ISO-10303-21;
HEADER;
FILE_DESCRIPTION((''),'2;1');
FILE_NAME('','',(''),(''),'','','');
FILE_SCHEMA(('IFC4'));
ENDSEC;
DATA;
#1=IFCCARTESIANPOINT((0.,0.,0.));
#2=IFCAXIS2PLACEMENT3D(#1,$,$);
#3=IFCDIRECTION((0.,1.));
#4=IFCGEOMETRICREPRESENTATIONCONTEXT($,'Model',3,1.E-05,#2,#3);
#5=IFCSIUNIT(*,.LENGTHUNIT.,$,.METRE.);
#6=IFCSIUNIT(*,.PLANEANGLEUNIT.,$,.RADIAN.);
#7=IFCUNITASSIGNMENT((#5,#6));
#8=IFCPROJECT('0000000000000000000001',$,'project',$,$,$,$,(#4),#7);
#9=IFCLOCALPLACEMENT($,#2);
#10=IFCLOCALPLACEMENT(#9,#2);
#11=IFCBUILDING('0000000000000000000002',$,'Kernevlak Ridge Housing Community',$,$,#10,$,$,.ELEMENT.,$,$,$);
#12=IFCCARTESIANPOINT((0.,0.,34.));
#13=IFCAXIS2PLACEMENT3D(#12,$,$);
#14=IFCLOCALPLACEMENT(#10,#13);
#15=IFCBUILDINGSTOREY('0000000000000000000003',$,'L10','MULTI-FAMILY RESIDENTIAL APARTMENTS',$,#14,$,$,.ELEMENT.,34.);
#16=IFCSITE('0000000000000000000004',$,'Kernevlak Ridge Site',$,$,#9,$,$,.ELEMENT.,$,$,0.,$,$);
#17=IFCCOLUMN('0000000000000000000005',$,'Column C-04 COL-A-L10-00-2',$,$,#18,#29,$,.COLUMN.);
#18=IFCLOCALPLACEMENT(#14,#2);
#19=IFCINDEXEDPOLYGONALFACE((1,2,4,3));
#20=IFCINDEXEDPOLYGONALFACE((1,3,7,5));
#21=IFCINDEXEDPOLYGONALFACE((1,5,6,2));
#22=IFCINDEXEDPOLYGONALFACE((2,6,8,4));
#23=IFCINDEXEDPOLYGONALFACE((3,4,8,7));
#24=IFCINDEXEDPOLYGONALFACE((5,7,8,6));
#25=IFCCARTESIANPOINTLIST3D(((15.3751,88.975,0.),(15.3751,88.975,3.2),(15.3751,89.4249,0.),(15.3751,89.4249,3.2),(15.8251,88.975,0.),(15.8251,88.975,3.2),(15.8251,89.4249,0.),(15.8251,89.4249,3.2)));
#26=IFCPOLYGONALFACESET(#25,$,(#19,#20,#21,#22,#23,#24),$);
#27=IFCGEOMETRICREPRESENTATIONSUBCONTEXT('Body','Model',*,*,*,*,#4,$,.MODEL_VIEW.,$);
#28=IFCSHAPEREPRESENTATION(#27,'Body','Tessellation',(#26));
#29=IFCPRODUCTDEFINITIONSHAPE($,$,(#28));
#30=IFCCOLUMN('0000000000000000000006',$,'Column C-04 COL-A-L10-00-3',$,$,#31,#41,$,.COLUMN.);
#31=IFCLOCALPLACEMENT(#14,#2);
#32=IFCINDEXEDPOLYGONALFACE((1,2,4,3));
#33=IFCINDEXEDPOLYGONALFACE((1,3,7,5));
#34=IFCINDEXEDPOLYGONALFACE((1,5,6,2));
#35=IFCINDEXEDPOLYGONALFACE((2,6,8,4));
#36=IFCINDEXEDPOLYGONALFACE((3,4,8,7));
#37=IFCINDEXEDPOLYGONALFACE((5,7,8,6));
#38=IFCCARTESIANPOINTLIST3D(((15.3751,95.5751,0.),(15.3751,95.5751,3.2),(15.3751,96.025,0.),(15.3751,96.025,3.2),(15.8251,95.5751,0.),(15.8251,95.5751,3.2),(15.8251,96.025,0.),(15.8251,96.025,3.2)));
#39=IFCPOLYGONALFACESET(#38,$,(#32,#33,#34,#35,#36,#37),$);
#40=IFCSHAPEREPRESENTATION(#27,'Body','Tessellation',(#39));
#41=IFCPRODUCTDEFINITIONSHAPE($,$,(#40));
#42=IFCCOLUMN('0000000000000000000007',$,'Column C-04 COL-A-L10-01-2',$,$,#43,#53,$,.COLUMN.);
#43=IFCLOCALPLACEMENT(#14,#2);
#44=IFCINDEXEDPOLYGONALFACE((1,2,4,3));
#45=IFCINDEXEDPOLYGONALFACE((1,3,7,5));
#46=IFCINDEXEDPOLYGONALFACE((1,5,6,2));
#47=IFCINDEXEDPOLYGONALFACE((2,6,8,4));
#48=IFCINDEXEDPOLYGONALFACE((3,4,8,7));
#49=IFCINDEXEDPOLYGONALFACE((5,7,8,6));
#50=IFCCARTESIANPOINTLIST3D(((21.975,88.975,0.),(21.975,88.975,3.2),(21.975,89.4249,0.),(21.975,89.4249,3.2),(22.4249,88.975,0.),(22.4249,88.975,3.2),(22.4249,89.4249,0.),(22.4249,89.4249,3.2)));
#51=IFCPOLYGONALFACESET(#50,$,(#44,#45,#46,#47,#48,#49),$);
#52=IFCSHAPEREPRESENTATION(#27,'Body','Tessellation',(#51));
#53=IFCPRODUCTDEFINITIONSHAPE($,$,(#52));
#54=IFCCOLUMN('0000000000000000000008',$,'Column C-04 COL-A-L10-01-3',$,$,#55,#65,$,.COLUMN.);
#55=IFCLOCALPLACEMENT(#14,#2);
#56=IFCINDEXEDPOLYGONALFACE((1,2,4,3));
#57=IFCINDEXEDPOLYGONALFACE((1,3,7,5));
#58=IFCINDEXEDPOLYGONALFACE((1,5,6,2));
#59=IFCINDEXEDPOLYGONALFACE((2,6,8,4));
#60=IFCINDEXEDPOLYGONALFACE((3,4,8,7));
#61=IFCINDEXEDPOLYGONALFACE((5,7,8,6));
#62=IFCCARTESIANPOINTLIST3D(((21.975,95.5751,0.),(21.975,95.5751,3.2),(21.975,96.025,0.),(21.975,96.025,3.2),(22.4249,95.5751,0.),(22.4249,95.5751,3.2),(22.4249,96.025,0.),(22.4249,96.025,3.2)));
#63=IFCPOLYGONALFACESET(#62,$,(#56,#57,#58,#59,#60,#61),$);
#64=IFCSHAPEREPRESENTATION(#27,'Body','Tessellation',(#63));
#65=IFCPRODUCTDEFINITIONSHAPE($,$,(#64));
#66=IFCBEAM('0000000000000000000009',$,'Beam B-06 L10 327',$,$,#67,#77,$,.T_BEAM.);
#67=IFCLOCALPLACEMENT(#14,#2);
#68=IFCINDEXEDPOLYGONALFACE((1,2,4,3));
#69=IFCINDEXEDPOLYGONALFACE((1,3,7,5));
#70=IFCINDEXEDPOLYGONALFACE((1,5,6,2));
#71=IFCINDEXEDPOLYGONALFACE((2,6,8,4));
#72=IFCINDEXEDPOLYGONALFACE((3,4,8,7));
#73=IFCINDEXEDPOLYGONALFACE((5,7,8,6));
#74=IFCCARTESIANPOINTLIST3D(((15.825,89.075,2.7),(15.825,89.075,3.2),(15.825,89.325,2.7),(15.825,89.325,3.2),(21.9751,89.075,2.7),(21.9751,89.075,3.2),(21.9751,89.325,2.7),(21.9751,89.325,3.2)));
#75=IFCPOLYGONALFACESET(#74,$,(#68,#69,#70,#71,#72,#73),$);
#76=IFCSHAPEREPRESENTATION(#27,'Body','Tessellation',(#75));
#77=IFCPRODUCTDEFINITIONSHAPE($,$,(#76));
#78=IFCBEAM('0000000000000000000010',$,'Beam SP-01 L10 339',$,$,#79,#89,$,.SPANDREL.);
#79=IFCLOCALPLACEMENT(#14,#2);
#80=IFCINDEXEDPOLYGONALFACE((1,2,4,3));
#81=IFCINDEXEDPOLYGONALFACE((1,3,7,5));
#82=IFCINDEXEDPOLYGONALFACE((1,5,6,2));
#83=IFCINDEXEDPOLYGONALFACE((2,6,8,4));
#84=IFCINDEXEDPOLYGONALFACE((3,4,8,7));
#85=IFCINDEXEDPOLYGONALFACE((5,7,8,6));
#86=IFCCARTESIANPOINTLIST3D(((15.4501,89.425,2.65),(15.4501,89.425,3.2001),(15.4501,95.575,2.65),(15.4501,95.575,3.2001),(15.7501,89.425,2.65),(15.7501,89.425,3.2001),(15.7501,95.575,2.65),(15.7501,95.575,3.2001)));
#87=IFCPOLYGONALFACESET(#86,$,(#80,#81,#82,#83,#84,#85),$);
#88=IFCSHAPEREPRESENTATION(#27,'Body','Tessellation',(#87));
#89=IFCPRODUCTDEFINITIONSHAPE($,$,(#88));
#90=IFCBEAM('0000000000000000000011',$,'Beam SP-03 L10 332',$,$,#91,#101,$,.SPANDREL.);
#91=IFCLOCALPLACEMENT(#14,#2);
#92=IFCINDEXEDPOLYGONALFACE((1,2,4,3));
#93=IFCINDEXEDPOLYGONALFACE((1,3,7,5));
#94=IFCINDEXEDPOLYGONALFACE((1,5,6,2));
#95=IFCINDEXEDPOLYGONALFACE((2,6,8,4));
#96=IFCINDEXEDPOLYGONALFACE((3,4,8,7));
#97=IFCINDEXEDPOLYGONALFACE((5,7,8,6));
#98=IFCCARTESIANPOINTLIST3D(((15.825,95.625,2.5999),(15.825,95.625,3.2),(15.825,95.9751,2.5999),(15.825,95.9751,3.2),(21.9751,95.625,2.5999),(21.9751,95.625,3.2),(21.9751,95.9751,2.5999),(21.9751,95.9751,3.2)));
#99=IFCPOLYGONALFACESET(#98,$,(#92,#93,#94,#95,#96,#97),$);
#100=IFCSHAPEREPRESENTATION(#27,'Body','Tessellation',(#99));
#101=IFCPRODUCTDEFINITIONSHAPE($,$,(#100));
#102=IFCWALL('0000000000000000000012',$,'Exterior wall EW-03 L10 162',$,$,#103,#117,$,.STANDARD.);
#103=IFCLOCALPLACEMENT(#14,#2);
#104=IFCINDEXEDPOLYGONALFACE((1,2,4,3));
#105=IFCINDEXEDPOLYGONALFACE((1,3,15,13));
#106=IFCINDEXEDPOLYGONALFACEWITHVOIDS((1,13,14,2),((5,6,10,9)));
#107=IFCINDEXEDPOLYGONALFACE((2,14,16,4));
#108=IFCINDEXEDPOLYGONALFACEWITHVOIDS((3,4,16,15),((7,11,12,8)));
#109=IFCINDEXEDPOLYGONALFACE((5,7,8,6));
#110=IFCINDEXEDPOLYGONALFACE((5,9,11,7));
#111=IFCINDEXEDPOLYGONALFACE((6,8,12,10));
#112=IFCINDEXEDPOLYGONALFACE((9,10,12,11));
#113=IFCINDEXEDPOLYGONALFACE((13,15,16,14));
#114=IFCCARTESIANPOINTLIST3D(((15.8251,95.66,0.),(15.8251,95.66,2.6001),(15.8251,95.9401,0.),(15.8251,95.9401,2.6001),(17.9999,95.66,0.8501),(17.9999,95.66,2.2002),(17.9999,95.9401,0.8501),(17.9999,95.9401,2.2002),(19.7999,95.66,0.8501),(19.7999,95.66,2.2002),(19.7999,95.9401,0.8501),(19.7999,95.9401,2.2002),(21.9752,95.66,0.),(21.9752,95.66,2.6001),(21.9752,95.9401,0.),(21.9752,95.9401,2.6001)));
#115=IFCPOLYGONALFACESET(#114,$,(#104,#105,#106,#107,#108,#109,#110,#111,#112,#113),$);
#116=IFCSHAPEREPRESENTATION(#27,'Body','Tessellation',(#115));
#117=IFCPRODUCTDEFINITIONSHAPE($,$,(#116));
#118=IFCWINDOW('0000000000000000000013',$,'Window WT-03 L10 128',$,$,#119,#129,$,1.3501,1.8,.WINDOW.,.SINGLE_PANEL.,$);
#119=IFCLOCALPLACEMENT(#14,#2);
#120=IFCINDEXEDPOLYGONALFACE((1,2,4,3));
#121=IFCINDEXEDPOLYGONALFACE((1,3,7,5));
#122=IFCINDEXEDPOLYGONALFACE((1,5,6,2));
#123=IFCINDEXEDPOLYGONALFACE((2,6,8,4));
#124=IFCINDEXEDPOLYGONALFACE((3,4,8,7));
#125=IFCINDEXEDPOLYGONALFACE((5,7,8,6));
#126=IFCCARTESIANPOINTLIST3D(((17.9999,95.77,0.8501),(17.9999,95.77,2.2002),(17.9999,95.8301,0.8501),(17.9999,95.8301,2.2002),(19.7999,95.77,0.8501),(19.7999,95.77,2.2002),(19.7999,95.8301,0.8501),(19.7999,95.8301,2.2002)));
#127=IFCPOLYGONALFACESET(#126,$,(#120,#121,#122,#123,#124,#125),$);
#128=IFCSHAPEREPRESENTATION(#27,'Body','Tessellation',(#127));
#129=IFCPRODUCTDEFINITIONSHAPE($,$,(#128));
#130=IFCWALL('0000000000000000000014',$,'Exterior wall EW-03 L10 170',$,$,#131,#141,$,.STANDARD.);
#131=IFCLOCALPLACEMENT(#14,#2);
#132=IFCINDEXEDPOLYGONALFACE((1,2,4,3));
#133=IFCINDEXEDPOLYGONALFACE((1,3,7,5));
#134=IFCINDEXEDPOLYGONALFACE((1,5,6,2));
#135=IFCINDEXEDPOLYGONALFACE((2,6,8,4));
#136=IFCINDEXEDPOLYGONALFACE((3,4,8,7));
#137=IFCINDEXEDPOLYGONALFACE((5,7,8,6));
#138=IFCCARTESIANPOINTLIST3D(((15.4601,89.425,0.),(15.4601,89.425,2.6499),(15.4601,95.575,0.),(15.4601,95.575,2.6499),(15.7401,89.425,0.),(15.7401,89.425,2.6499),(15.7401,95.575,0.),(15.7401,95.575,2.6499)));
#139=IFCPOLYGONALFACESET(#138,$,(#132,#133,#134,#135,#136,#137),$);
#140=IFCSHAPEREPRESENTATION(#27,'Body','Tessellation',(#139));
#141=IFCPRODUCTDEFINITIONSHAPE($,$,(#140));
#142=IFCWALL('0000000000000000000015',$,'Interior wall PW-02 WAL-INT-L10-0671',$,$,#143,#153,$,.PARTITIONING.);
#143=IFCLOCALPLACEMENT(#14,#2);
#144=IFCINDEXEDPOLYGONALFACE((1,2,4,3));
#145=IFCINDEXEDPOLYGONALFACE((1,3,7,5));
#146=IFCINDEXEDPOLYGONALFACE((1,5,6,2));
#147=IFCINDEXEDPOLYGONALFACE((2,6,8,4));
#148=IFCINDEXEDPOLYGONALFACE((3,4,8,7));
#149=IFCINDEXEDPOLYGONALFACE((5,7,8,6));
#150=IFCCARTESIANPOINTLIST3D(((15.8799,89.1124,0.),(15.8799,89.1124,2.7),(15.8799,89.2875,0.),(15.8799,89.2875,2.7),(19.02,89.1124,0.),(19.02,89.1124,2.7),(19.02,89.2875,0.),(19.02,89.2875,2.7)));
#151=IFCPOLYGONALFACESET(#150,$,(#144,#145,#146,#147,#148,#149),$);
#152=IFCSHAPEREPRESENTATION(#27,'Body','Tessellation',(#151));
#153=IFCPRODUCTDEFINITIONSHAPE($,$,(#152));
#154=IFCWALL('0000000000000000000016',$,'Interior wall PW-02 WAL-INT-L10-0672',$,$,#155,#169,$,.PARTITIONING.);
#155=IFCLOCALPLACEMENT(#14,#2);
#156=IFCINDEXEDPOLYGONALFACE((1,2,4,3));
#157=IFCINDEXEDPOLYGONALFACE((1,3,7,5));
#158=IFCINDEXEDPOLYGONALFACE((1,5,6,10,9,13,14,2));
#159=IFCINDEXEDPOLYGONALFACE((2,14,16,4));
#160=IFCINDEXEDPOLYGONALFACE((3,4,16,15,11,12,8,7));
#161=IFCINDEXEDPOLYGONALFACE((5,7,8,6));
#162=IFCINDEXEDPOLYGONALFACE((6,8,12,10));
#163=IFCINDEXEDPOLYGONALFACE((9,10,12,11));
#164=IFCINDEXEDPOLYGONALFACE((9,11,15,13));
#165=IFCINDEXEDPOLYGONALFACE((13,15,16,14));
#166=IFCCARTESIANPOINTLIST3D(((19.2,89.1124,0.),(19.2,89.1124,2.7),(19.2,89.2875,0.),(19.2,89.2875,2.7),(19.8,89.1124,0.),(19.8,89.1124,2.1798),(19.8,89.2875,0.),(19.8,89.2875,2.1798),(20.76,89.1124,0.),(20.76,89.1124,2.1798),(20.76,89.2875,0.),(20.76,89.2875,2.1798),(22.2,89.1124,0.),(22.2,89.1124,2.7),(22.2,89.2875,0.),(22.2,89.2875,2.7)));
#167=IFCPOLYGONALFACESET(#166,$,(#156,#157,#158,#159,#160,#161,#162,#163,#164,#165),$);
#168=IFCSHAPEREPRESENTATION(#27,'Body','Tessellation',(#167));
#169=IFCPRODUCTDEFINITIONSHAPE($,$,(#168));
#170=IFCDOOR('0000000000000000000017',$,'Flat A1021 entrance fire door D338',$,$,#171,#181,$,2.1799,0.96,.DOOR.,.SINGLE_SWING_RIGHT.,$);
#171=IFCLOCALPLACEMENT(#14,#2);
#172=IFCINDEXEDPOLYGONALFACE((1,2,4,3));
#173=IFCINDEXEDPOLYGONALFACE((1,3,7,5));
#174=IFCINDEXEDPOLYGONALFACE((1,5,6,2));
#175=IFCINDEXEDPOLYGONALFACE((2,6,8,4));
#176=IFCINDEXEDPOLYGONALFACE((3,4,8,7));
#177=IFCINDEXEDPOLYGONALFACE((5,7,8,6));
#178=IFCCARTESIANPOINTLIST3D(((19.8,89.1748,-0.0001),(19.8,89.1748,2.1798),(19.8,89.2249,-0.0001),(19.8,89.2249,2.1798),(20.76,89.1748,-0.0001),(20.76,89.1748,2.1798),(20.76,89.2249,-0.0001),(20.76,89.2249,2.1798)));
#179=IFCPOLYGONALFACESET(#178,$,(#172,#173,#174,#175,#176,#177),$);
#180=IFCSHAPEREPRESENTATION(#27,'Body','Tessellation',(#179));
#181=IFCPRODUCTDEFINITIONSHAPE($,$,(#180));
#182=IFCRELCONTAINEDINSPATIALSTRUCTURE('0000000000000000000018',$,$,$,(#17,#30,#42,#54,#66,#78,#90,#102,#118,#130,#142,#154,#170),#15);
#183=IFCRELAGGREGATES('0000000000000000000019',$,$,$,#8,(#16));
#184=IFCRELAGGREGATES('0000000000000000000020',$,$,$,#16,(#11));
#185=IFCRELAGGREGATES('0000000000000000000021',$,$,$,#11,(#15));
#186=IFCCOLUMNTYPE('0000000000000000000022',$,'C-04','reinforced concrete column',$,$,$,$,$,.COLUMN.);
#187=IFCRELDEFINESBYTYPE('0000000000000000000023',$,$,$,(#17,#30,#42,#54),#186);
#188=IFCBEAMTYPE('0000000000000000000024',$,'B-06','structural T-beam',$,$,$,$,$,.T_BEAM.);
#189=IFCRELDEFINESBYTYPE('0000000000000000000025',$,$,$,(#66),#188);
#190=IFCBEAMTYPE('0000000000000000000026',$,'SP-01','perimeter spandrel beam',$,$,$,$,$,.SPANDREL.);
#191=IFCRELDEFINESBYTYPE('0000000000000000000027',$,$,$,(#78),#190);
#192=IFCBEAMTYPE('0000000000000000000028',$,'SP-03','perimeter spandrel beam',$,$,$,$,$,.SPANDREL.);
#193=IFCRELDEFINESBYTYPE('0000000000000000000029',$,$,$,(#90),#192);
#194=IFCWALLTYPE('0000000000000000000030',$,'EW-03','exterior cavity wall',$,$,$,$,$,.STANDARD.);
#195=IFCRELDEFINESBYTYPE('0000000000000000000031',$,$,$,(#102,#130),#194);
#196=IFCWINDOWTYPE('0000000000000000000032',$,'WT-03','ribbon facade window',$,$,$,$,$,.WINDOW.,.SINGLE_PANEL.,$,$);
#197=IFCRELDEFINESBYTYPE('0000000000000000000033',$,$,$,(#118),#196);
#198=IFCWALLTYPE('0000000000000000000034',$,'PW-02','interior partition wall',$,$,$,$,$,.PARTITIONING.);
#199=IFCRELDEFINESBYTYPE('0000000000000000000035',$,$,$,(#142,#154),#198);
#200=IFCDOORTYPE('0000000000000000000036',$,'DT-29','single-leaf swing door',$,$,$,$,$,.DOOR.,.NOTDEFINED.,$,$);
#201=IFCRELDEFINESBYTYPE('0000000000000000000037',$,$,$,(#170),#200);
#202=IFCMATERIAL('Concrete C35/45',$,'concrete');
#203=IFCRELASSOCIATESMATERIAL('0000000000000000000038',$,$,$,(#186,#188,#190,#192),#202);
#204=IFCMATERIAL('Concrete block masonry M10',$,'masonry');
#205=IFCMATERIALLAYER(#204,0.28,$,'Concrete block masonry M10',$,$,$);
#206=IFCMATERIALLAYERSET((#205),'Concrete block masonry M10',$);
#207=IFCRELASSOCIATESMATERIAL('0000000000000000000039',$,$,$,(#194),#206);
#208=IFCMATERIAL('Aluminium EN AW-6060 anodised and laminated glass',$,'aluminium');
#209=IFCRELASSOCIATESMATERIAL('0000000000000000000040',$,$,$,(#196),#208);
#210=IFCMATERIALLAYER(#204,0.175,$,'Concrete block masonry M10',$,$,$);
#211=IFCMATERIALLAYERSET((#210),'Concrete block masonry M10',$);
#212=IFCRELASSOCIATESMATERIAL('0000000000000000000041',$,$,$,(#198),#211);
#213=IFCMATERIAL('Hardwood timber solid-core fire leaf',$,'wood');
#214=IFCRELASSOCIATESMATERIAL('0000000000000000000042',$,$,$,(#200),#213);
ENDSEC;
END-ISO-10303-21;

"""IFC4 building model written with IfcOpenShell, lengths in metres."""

from ifc_helpers import new_model, si_unit, direction, frame, frame_2d, origin, origin_2d, place, context, subcontext, project, spatial, rectangle, extrude, material, layer, layer_set, material_profile, profile_set, type_object, element, fill, save


model = new_model("IFC4")

# Units and contexts
model_context = context("Model", 3, precision=1e-05, world=origin(), true_north=direction((0.0, 1.0)))
body_context = subcontext(model_context, "Body", "Model", "MODEL_VIEW")
ifc_project = project(units=[si_unit("LENGTHUNIT", "METRE"), si_unit("PLANEANGLEUNIT", "RADIAN")], contexts=[model_context])

# Site, building, storey
site_placement = place(None, origin())
site = spatial("IfcSite", under=ifc_project, at=site_placement, Name="Kernevlak Ridge Site", CompositionType="ELEMENT", RefElevation=0.0)
building_placement = place(site_placement, origin())
building = spatial("IfcBuilding", under=site, at=building_placement, Name="Kernevlak Ridge Housing Community", CompositionType="ELEMENT")
storey_placement = place(building_placement, frame((0.0, 0.0, 34.0)))
storey = spatial("IfcBuildingStorey", under=building, at=storey_placement, Name="L10", Description="MULTI-FAMILY RESIDENTIAL APARTMENTS", CompositionType="ELEMENT", Elevation=34.0)

# Columns
ifc_material_1 = material(Name="Concrete C35/45", Category="concrete")
ifc_material_profile_1 = material_profile(ifc_material_1, rectangle(XDim=0.45, YDim=0.45, at=origin_2d()), Name="RC 450x450")
ifc_profile_set_1 = profile_set([ifc_material_profile_1], Name="Concrete C35/45")
column_type = type_object("IfcColumnType", Name="C-04", Description="reinforced concrete column", PredefinedType="COLUMN", material=ifc_profile_set_1)
for number, where, z_axis, x_axis, name in (
    (1, (15.6001, 89.2, 0.0), (0.0, 0.0, 1.0), (1.0, 0.0, 0.0), "Column C-04 COL-A-L10-00-2"),
    (2, (15.6001, 95.8, 0.0), (0.0, 0.0, 1.0), (1.0, 0.0, 0.0), "Column C-04 COL-A-L10-00-3"),
    (3, (22.2, 89.2, 0.0), (0.0, 0.0, 1.0), (1.0, 0.0, 0.0), "Column C-04 COL-A-L10-01-2"),
    (4, (22.2, 95.8, 0.0), (0.0, 0.0, 1.0), (1.0, 0.0, 0.0), "Column C-04 COL-A-L10-01-3"),
):
    element("IfcColumn", number, at=place(storey_placement, frame(where, z_axis=z_axis, x_axis=x_axis)), inside=storey, type_object=column_type, Name=name, PredefinedType="COLUMN", context=body_context, shape_type="SweptSolid", body=[
        extrude(rectangle(XDim=0.45, YDim=0.45, at=origin_2d()), origin(), (0.0, 0.0, 1.0), 3.2),
    ])

# Beams
ifc_material_profile_2 = material_profile(ifc_material_1, rectangle(XDim=0.25, YDim=0.5, at=origin_2d()), Name="RC 250x500")
ifc_profile_set_2 = profile_set([ifc_material_profile_2], Name="Concrete C35/45")
beam_type_1 = type_object("IfcBeamType", Name="B-06", Description="structural T-beam", PredefinedType="T_BEAM", material=ifc_profile_set_2)
beam_1_placement = place(storey_placement, frame((15.825, 89.2, 2.95), z_axis=(1.0, 0.0, 0.0), x_axis=(0.0, 1.0, 0.0)))
element("IfcBeam", 5, at=beam_1_placement, inside=storey, type_object=beam_type_1, Name="Beam B-06 L10 327", PredefinedType="T_BEAM", context=body_context, shape_type="SweptSolid", body=[
    extrude(rectangle(XDim=0.25, YDim=0.5, at=origin_2d()), origin(), (0.0, 0.0, 1.0), 6.1501),
])
ifc_material_profile_3 = material_profile(ifc_material_1, rectangle(XDim=0.3, YDim=0.55, at=origin_2d()), Name="RC 300x550")
ifc_profile_set_3 = profile_set([ifc_material_profile_3], Name="Concrete C35/45")
beam_type_2 = type_object("IfcBeamType", Name="SP-01", Description="perimeter spandrel beam", PredefinedType="SPANDREL", material=ifc_profile_set_3)
beam_2_placement = place(storey_placement, frame((15.6001, 89.425, 2.925), z_axis=(0.0, 1.0, 0.0), x_axis=(-1.0, 0.0, 0.0)))
element("IfcBeam", 6, at=beam_2_placement, inside=storey, type_object=beam_type_2, Name="Beam SP-01 L10 339", PredefinedType="SPANDREL", context=body_context, shape_type="SweptSolid", body=[
    extrude(rectangle(XDim=0.3, YDim=0.55, at=origin_2d()), origin(), (0.0, 0.0, 1.0), 6.1499),
])
ifc_material_profile_4 = material_profile(ifc_material_1, rectangle(XDim=0.3501, YDim=0.6001, at=origin_2d()), Name="RC 350x600")
ifc_profile_set_4 = profile_set([ifc_material_profile_4], Name="Concrete C35/45")
beam_type_3 = type_object("IfcBeamType", Name="SP-03", Description="perimeter spandrel beam", PredefinedType="SPANDREL", material=ifc_profile_set_4)
beam_3_placement = place(storey_placement, frame((15.825, 95.8, 2.8999), z_axis=(1.0, 0.0, 0.0), x_axis=(0.0, 1.0, 0.0)))
element("IfcBeam", 7, at=beam_3_placement, inside=storey, type_object=beam_type_3, Name="Beam SP-03 L10 332", PredefinedType="SPANDREL", context=body_context, shape_type="SweptSolid", body=[
    extrude(rectangle(XDim=0.3501, YDim=0.6001, at=origin_2d()), origin(), (0.0, 0.0, 1.0), 6.1501),
])

# Wall, opening, window
ifc_material_2 = material(Name="Concrete block masonry M10", Category="masonry")
ifc_layer_1 = layer(ifc_material_2, 0.28, Name="Concrete block masonry M10")
ifc_layer_set_1 = layer_set([ifc_layer_1], Name="Concrete block masonry M10")
wall_type_1 = type_object("IfcWallType", Name="EW-03", Description="exterior cavity wall", PredefinedType="STANDARD", material=ifc_layer_set_1)
wall_1_placement = place(storey_placement, frame((15.825, 95.8, 0.0), z_axis=(0.0, 0.0, 1.0), x_axis=(1.0, 0.0, 0.0)))
wall_1 = element("IfcWall", 8, at=wall_1_placement, inside=storey, type_object=wall_type_1, Name="Exterior wall EW-03 L10 162", PredefinedType="STANDARD", context=body_context, shape_type="SweptSolid", body=[
    extrude(rectangle(XDim=6.1501, YDim=0.28, at=frame_2d((3.0752, 0.0))), origin(), (0.0, 0.0, 1.0), 2.6001),
])
opening_1_placement = place(wall_1_placement, frame((2.175, 0.0, 0.8501)))
opening_1 = element("IfcOpeningElement", 9, at=opening_1_placement, cuts=wall_1, PredefinedType="OPENING", context=body_context, shape_type="SweptSolid", body=[
    extrude(rectangle(XDim=1.8, YDim=1.3501, at=frame_2d((0.8999, 0.675))), frame((0.0, 0.1499, 0.0), z_axis=(0.0, -1.0, 0.0), x_axis=(1.0, 0.0, 0.0)), (0.0, 0.0, 1.0), 0.3),
])
ifc_material_3 = material(Name="Aluminium EN AW-6060 anodised and laminated glass", Category="aluminium")
window_type = type_object("IfcWindowType", Name="WT-03", Description="ribbon facade window", PartitioningType="SINGLE_PANEL", PredefinedType="WINDOW", material=ifc_material_3)
window_placement = place(opening_1_placement, origin())
window = element("IfcWindow", 10, at=window_placement, inside=storey, type_object=window_type, Name="Window WT-03 L10 128", OverallHeight=1.3501, OverallWidth=1.8, PartitioningType="SINGLE_PANEL", PredefinedType="WINDOW", context=body_context, shape_type="SweptSolid", body=[
    extrude(rectangle(XDim=1.8, YDim=1.3501, at=frame_2d((0.8999, 0.675))), frame((0.0, 0.03, 0.0), z_axis=(0.0, -1.0, 0.0), x_axis=(1.0, 0.0, 0.0)), (0.0, 0.0, 1.0), 0.0601),
])
fill(opening_1, window)

# Walls
wall_2_placement = place(storey_placement, frame((15.6001, 89.425, 0.0), z_axis=(0.0, 0.0, 1.0), x_axis=(0.0, 1.0, 0.0)))
element("IfcWall", 11, at=wall_2_placement, inside=storey, type_object=wall_type_1, Name="Exterior wall EW-03 L10 170", PredefinedType="STANDARD", context=body_context, shape_type="SweptSolid", body=[
    extrude(rectangle(XDim=6.1499, YDim=0.28, at=frame_2d((3.075, 0.0))), origin(), (0.0, 0.0, 1.0), 2.6499),
])
ifc_layer_2 = layer(ifc_material_2, 0.175, Name="Concrete block masonry M10")
ifc_layer_set_2 = layer_set([ifc_layer_2], Name="Concrete block masonry M10")
wall_type_2 = type_object("IfcWallType", Name="PW-02", Description="interior partition wall", PredefinedType="PARTITIONING", material=ifc_layer_set_2)
wall_3_placement = place(storey_placement, frame((15.8799, 89.2, 0.0), z_axis=(0.0, 0.0, 1.0), x_axis=(1.0, 0.0, 0.0)))
element("IfcWall", 12, at=wall_3_placement, inside=storey, type_object=wall_type_2, Name="Interior wall PW-02 WAL-INT-L10-0671", PredefinedType="PARTITIONING", context=body_context, shape_type="SweptSolid", body=[
    extrude(rectangle(XDim=3.1401, YDim=0.175, at=frame_2d((1.5701, 0.0))), origin(), (0.0, 0.0, 1.0), 2.7),
])

# Wall, opening, door
wall_4_placement = place(storey_placement, frame((19.2, 89.2, 0.0), z_axis=(0.0, 0.0, 1.0), x_axis=(1.0, 0.0, 0.0)))
wall_4 = element("IfcWall", 13, at=wall_4_placement, inside=storey, type_object=wall_type_2, Name="Interior wall PW-02 WAL-INT-L10-0672", PredefinedType="PARTITIONING", context=body_context, shape_type="SweptSolid", body=[
    extrude(rectangle(XDim=3.0, YDim=0.175, at=frame_2d((1.5, 0.0))), origin(), (0.0, 0.0, 1.0), 2.7),
])
opening_2_placement = place(wall_4_placement, frame((0.6001, 0.0, 0.0)))
opening_2 = element("IfcOpeningElement", 14, at=opening_2_placement, cuts=wall_4, PredefinedType="OPENING", context=body_context, shape_type="SweptSolid", body=[
    extrude(rectangle(XDim=0.96, YDim=2.1799, at=frame_2d((0.48, 1.0898))), frame((0.0, 0.0974, 0.0), z_axis=(0.0, -1.0, 0.0), x_axis=(1.0, 0.0, 0.0)), (0.0, 0.0, 1.0), 0.1951),
])
ifc_material_4 = material(Name="Hardwood timber solid-core fire leaf", Category="wood")
door_type_1 = type_object("IfcDoorType", Name="DT-29", Description="single-leaf swing door", OperationType="NOTDEFINED", PredefinedType="DOOR", material=ifc_material_4)
door_1_placement = place(opening_2_placement, origin())
door_1 = element("IfcDoor", 15, at=door_1_placement, inside=storey, type_object=door_type_1, Name="Flat A1021 entrance fire door D338", OperationType="SINGLE_SWING_RIGHT", OverallHeight=2.1799, OverallWidth=0.96, PredefinedType="DOOR", context=body_context, shape_type="SweptSolid", body=[
    extrude(rectangle(XDim=0.96, YDim=2.1799, at=frame_2d((0.48, 1.0898))), frame((0.0, 0.0249, 0.0), z_axis=(0.0, -1.0, 0.0), x_axis=(1.0, 0.0, 0.0)), (0.0, 0.0, 1.0), 0.05),
])
fill(opening_2, door_1)

save(model, "model.ifc")
